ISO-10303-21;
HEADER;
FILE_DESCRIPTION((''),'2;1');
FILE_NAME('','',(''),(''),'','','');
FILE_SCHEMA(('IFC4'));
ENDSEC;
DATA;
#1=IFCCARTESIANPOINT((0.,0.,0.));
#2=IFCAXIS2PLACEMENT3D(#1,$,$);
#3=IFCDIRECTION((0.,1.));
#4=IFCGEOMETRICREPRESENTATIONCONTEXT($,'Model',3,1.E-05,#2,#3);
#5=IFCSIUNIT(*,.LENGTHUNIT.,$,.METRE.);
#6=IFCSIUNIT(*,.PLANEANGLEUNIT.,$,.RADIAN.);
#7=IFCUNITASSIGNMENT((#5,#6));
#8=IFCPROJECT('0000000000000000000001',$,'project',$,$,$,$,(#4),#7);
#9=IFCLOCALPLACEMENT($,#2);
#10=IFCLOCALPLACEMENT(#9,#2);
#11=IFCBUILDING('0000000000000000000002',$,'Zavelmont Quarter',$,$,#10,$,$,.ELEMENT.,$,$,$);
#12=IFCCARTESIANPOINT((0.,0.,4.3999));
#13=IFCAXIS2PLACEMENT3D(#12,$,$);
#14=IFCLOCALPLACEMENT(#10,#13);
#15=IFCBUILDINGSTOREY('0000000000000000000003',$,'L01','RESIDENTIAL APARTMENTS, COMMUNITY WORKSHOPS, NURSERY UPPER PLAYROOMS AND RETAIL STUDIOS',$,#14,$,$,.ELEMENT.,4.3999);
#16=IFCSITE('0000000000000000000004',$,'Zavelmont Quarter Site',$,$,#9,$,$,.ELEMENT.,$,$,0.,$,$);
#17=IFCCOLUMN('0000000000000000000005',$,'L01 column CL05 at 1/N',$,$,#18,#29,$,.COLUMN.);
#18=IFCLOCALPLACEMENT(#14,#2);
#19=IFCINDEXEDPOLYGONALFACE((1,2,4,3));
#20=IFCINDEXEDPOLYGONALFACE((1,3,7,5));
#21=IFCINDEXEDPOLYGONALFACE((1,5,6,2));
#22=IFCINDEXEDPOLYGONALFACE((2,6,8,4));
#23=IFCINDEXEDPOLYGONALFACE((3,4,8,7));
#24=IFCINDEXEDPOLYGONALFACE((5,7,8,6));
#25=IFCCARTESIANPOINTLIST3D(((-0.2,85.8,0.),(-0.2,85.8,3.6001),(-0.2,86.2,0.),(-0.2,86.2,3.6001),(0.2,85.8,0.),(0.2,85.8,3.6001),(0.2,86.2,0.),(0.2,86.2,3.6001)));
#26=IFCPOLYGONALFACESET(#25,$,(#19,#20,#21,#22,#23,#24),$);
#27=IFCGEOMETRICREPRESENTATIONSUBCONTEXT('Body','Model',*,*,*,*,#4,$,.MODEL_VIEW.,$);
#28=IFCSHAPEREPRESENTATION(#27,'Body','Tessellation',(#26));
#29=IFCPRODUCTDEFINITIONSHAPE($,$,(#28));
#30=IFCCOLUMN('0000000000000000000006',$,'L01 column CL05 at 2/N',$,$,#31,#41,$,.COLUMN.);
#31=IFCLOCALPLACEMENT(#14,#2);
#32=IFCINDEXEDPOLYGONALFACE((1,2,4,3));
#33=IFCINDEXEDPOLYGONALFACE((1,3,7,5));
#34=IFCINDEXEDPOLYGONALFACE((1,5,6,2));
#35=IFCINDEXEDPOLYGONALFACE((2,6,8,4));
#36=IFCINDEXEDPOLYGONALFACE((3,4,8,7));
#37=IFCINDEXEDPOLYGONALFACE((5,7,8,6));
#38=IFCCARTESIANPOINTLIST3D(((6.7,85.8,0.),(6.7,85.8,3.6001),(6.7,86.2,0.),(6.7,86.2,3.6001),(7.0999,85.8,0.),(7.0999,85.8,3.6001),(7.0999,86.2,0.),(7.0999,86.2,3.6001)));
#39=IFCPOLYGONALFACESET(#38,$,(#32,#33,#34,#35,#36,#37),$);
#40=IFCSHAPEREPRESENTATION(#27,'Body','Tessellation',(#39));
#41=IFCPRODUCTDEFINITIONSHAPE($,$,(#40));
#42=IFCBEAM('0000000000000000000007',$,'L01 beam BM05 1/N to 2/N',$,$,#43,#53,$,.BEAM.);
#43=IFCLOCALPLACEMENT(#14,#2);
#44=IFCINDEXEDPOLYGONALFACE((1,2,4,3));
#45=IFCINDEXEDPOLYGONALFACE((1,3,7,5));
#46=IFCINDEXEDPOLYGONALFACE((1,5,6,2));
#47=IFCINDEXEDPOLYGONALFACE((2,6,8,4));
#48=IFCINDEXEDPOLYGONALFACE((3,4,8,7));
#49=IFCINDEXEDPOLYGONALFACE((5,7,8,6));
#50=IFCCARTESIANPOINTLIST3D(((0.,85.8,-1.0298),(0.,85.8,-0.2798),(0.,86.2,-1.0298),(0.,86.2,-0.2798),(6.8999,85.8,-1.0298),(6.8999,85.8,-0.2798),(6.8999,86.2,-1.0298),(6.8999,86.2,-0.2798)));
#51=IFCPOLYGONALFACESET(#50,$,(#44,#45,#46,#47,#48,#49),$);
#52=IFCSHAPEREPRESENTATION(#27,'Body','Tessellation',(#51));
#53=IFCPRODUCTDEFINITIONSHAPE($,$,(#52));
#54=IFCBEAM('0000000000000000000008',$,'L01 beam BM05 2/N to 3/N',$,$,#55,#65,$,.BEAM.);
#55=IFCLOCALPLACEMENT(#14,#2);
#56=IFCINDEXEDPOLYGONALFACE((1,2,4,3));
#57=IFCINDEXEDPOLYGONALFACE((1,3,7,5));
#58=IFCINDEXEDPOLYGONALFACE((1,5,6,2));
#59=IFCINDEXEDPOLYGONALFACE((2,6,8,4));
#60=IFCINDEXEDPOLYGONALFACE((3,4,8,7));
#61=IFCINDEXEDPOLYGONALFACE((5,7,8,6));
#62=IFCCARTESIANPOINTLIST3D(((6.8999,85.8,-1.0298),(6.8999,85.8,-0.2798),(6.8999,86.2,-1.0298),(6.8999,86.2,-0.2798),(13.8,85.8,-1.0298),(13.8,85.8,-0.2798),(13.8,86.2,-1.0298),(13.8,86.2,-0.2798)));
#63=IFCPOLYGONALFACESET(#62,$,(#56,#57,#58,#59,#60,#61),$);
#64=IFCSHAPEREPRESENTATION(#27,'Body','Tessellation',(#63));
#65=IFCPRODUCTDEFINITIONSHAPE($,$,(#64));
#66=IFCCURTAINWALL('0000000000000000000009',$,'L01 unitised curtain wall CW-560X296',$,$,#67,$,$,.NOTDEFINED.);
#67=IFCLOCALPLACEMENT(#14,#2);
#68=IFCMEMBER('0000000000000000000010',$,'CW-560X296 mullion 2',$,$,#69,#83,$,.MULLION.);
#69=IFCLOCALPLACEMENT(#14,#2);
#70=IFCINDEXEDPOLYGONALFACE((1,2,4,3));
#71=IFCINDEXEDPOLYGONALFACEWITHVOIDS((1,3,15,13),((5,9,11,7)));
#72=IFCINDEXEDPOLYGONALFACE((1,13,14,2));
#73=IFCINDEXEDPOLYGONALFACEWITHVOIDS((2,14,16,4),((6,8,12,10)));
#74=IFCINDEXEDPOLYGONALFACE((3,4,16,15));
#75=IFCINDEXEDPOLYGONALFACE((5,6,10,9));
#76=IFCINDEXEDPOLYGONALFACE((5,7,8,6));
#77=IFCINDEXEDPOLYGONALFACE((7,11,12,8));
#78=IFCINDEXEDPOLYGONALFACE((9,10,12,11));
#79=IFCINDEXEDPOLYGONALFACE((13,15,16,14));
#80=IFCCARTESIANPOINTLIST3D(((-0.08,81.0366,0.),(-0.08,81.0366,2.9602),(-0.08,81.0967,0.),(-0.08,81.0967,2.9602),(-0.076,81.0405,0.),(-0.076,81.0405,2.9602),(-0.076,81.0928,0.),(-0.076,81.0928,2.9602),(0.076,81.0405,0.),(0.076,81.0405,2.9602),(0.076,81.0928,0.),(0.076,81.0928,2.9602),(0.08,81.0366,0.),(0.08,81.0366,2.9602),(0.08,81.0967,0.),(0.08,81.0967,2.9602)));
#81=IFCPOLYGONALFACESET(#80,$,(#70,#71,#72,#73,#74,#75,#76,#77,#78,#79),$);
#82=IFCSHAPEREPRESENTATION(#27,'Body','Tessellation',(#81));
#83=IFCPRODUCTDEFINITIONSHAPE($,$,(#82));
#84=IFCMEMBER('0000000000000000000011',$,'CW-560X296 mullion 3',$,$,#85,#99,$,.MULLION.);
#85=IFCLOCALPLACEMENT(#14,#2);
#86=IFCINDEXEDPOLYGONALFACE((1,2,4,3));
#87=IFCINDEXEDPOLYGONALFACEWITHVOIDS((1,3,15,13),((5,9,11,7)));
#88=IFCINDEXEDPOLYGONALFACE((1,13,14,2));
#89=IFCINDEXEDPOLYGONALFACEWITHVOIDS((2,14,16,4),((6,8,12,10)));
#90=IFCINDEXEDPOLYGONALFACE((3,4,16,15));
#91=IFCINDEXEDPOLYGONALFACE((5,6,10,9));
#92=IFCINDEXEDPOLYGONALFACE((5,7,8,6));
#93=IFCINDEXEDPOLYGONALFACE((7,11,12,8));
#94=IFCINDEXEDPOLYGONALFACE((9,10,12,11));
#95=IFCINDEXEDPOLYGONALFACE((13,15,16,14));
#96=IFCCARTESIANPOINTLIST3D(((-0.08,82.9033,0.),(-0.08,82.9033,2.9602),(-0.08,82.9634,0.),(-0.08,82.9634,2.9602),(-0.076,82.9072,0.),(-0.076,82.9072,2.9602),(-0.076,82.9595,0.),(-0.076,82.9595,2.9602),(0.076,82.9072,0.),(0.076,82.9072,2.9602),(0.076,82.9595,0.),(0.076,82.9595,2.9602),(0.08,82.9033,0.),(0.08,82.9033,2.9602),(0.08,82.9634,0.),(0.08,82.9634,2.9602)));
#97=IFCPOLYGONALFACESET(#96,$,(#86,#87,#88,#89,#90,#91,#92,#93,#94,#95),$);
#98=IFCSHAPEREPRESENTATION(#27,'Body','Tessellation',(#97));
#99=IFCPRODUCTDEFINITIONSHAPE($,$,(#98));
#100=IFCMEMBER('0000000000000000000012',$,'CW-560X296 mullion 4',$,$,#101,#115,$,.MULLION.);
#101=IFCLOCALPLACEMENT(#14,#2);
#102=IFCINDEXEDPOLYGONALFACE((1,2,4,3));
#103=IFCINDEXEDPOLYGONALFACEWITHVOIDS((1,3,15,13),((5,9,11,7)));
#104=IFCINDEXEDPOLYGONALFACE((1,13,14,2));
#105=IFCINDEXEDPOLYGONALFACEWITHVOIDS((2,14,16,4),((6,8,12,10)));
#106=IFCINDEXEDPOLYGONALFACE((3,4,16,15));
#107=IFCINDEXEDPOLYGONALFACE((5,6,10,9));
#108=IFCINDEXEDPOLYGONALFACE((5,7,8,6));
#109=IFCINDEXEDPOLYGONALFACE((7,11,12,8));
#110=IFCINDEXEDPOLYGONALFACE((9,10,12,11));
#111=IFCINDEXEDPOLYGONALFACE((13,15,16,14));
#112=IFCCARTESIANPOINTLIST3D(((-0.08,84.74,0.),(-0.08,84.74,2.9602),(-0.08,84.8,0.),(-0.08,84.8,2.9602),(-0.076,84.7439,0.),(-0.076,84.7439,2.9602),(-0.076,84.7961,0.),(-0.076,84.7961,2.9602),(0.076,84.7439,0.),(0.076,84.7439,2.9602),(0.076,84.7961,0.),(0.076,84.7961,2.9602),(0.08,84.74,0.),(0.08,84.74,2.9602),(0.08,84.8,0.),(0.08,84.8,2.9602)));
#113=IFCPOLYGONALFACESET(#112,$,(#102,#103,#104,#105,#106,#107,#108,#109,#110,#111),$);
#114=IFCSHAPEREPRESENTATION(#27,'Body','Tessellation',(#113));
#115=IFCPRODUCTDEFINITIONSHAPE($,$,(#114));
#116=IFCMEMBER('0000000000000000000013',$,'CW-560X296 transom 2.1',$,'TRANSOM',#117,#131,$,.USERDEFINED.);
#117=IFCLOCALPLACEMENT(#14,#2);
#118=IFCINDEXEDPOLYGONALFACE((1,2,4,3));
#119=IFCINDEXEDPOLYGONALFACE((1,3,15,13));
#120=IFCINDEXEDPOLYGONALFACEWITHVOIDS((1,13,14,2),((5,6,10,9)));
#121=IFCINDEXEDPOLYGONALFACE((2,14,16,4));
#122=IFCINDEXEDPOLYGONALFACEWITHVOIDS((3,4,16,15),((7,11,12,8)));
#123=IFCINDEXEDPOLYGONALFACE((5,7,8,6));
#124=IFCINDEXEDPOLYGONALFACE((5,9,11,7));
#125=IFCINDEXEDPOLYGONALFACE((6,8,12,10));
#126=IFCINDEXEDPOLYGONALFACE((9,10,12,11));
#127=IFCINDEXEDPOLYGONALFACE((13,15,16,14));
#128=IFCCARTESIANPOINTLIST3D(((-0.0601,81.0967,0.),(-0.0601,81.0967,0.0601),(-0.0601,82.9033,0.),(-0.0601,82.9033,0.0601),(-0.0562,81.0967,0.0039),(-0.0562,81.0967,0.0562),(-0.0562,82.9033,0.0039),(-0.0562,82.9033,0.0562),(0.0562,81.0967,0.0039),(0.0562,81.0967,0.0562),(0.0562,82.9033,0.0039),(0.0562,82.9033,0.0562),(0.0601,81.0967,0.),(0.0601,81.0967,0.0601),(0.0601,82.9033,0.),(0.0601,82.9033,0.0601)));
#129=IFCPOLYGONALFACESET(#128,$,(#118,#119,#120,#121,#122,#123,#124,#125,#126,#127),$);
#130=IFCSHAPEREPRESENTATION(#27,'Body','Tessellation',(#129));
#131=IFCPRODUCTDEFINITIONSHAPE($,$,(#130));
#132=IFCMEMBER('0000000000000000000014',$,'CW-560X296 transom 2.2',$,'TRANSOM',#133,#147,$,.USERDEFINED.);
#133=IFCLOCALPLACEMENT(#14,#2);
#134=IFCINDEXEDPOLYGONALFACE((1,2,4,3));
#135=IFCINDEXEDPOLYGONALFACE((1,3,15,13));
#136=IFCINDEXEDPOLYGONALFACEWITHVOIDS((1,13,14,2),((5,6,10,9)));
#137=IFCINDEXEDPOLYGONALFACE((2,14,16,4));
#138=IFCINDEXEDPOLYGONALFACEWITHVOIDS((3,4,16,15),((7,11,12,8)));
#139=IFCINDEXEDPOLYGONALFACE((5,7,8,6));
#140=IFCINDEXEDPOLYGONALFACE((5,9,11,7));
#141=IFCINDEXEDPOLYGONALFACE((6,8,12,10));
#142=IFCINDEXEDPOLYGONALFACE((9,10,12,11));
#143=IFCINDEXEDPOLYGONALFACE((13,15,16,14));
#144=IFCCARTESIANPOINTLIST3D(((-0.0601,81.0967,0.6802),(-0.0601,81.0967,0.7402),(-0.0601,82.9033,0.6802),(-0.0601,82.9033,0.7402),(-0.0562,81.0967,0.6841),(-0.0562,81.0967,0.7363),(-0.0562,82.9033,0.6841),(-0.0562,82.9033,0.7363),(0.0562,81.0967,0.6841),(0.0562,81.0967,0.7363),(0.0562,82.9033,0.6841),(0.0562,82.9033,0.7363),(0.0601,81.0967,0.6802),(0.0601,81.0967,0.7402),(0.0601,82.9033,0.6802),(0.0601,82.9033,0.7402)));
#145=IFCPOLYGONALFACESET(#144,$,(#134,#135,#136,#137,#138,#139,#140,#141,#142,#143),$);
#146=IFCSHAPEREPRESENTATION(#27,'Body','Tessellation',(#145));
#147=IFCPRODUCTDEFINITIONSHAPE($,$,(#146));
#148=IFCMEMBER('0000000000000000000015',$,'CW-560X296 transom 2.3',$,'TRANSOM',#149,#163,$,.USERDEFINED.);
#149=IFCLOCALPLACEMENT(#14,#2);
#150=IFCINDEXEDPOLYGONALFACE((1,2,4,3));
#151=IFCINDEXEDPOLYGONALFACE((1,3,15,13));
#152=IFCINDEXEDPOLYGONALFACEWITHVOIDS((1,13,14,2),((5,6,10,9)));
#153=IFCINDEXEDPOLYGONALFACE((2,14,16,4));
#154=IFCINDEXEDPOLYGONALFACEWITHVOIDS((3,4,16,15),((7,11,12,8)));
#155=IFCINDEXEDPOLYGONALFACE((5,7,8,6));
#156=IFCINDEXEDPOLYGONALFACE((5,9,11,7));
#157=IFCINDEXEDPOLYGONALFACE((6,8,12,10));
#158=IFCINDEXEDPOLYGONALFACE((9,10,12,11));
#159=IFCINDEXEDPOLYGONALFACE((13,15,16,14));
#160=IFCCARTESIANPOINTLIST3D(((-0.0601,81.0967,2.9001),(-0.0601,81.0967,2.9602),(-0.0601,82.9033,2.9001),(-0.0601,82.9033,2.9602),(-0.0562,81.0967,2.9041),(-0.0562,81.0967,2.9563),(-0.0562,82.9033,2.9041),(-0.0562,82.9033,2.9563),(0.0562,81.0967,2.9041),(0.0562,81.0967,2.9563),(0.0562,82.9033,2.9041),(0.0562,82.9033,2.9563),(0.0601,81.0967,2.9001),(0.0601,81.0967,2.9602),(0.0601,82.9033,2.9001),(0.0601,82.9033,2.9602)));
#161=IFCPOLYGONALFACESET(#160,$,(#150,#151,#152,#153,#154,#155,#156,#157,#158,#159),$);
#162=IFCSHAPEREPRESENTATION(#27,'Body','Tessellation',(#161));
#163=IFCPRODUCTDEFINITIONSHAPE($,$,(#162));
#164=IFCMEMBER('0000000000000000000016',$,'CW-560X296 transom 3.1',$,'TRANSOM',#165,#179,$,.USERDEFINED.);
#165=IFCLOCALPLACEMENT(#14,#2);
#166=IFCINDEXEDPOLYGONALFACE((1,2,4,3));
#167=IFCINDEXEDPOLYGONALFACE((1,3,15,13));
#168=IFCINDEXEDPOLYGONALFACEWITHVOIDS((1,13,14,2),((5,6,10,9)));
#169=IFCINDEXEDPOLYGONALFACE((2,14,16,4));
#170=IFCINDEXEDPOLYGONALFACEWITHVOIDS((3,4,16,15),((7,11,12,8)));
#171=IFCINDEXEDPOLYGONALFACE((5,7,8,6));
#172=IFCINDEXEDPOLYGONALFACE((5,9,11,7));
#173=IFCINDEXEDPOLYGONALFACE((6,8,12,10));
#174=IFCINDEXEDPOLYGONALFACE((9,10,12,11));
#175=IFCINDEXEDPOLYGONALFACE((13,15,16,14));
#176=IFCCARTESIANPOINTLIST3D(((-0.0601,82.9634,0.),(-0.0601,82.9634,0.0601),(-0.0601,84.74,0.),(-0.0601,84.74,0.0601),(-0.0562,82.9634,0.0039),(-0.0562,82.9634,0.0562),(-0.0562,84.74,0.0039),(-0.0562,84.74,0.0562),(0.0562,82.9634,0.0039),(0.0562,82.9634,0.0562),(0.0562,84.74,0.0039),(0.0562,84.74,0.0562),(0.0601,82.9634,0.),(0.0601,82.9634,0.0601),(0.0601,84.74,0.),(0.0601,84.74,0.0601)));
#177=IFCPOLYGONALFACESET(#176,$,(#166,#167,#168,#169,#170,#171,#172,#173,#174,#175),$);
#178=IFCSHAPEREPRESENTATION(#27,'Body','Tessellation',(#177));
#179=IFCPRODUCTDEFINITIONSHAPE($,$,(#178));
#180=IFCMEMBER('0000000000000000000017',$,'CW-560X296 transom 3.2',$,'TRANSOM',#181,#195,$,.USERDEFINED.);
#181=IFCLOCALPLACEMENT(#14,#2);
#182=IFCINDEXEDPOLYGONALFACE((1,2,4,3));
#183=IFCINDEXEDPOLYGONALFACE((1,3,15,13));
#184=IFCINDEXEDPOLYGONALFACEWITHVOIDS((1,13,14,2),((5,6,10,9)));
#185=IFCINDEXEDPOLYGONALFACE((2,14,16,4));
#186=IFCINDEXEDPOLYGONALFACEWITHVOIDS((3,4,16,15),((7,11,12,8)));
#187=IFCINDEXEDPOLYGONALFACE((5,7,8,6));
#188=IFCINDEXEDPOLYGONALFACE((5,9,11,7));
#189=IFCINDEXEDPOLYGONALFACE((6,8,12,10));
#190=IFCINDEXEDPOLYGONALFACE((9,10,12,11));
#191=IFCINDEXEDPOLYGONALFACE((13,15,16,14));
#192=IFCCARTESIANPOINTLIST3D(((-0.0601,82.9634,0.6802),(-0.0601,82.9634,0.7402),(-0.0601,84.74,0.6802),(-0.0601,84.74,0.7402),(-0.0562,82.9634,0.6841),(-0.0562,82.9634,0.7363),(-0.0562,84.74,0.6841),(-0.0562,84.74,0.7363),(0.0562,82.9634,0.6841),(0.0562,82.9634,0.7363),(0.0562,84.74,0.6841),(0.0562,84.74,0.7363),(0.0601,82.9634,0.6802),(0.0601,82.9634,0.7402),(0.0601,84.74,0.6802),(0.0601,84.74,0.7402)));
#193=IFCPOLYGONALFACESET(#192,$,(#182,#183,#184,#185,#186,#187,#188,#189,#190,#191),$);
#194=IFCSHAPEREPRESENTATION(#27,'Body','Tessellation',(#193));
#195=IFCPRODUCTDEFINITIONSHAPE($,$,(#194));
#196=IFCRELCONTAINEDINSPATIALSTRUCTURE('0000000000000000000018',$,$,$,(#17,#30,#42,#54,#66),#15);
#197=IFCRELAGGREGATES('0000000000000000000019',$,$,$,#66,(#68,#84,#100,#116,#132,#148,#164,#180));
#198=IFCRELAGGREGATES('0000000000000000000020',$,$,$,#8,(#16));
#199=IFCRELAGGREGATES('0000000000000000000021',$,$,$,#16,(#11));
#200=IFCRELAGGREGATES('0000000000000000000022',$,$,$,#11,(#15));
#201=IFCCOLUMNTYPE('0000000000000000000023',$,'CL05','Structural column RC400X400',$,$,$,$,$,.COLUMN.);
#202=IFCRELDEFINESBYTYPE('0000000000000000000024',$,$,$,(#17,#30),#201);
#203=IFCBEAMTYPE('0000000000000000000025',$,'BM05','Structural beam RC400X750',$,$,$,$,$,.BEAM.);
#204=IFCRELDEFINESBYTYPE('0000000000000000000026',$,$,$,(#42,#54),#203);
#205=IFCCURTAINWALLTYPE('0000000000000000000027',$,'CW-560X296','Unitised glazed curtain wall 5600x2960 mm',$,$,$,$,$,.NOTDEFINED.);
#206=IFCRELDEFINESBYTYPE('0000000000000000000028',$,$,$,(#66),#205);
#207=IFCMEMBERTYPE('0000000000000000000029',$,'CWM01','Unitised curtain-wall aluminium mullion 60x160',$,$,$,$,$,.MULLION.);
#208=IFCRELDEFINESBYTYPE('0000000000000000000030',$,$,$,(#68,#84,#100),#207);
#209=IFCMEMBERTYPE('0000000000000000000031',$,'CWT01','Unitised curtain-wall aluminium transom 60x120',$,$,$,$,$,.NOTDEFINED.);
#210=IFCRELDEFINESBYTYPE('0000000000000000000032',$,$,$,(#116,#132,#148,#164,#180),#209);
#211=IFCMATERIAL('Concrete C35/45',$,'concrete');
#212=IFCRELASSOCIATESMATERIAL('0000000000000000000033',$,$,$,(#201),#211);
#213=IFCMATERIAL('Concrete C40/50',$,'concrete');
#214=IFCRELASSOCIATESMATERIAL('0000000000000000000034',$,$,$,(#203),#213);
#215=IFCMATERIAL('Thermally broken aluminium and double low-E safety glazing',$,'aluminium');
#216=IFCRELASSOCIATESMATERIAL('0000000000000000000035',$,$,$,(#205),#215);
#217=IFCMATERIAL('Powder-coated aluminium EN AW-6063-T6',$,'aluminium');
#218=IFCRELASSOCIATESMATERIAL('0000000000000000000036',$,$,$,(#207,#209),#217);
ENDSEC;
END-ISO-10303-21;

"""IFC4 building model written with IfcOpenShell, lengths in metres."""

from ifc_helpers import new_model, si_unit, direction, frame, origin, origin_2d, place, context, subcontext, project, spatial, rectangle, hollow_rectangle, extrude, material, material_profile, profile_set, type_object, element, aggregate, save


model = new_model("IFC4")

# Units and contexts
model_context = context("Model", 3, precision=1e-05, world=origin(), true_north=direction((0.0, 1.0)))
body_context = subcontext(model_context, "Body", "Model", "MODEL_VIEW")
ifc_project = project(units=[si_unit("LENGTHUNIT", "METRE"), si_unit("PLANEANGLEUNIT", "RADIAN")], contexts=[model_context])

# Site, building, storey
site_placement = place(None, origin())
site = spatial("IfcSite", under=ifc_project, at=site_placement, Name="Zavelmont Quarter Site", CompositionType="ELEMENT", RefElevation=0.0)
building_placement = place(site_placement, origin())
building = spatial("IfcBuilding", under=site, at=building_placement, Name="Zavelmont Quarter", CompositionType="ELEMENT")
storey_placement = place(building_placement, frame((0.0, 0.0, 4.3999)))
storey = spatial("IfcBuildingStorey", under=building, at=storey_placement, Name="L01", Description="RESIDENTIAL APARTMENTS, COMMUNITY WORKSHOPS, NURSERY UPPER PLAYROOMS AND RETAIL STUDIOS", CompositionType="ELEMENT", Elevation=4.3999)

# Columns
ifc_material_1 = material(Name="Concrete C35/45", Category="concrete")
ifc_material_profile_1 = material_profile(ifc_material_1, rectangle(XDim=0.3999, YDim=0.3999, at=origin_2d()), Name="RC400X400")
ifc_profile_set_1 = profile_set([ifc_material_profile_1], Name="Concrete C35/45")
column_type = type_object("IfcColumnType", Name="CL05", Description="Structural column RC400X400", PredefinedType="COLUMN", material=ifc_profile_set_1)
for number, where, z_axis, x_axis, name in (
    (1, (0.0, 86.0, 0.0), (0.0, 0.0, 1.0), (1.0, 0.0, 0.0), "L01 column CL05 at 1/N"),
    (2, (6.8999, 86.0, 0.0), (0.0, 0.0, 1.0), (1.0, 0.0, 0.0), "L01 column CL05 at 2/N"),
):
    element("IfcColumn", number, at=place(storey_placement, frame(where, z_axis=z_axis, x_axis=x_axis)), inside=storey, type_object=column_type, Name=name, PredefinedType="COLUMN", context=body_context, shape_type="SweptSolid", body=[
        extrude(rectangle(XDim=0.3999, YDim=0.3999, at=origin_2d()), origin(), (0.0, 0.0, 1.0), 3.6001),
    ])

# Beams
ifc_material_2 = material(Name="Concrete C40/50", Category="concrete")
ifc_material_profile_2 = material_profile(ifc_material_2, rectangle(XDim=0.3999, YDim=0.75, at=origin_2d()), Name="RC400X750")
ifc_profile_set_2 = profile_set([ifc_material_profile_2], Name="Concrete C40/50")
beam_type = type_object("IfcBeamType", Name="BM05", Description="Structural beam RC400X750", PredefinedType="BEAM", material=ifc_profile_set_2)
beam_1_placement = place(storey_placement, frame((0.0, 86.0, -0.6548), z_axis=(1.0, 0.0, 0.0), x_axis=(0.0, 1.0, 0.0)))
element("IfcBeam", 3, at=beam_1_placement, inside=storey, type_object=beam_type, Name="L01 beam BM05 1/N to 2/N", PredefinedType="BEAM", context=body_context, shape_type="SweptSolid", body=[
    extrude(rectangle(XDim=0.3999, YDim=0.75, at=origin_2d()), origin(), (0.0, 0.0, 1.0), 6.8999),
])
beam_2_placement = place(storey_placement, frame((6.8999, 86.0, -0.6548), z_axis=(1.0, 0.0, 0.0), x_axis=(0.0, 1.0, 0.0)))
element("IfcBeam", 4, at=beam_2_placement, inside=storey, type_object=beam_type, Name="L01 beam BM05 2/N to 3/N", PredefinedType="BEAM", context=body_context, shape_type="SweptSolid", body=[
    extrude(rectangle(XDim=0.3999, YDim=0.75, at=origin_2d()), origin(), (0.0, 0.0, 1.0), 6.9001),
])

# Curtain wall, members
ifc_material_3 = material(Name="Thermally broken aluminium and double low-E safety glazing", Category="aluminium")
curtain_wall_type = type_object("IfcCurtainWallType", Name="CW-560X296", Description="Unitised glazed curtain wall 5600x2960 mm", PredefinedType="NOTDEFINED", material=ifc_material_3)
curtain_wall_placement = place(storey_placement, origin())
curtain_wall = element("IfcCurtainWall", 5, at=curtain_wall_placement, inside=storey, type_object=curtain_wall_type, Name="L01 unitised curtain wall CW-560X296", PredefinedType="NOTDEFINED")
ifc_material_4 = material(Name="Powder-coated aluminium EN AW-6063-T6", Category="aluminium")
ifc_material_profile_3 = material_profile(ifc_material_4, hollow_rectangle(XDim=0.0601, YDim=0.1599, WallThickness=0.0039, at=origin_2d()), Name="CWM60X160")
ifc_profile_set_3 = profile_set([ifc_material_profile_3], Name="Powder-coated aluminium EN AW-6063-T6")
member_type_1 = type_object("IfcMemberType", Name="CWM01", Description="Unitised curtain-wall aluminium mullion 60x160", PredefinedType="MULLION", material=ifc_profile_set_3)
member_1_placement = place(storey_placement, frame((0.0, 81.0667, 0.0), z_axis=(0.0, 0.0, 1.0), x_axis=(0.0, 1.0, 0.0)))
member_1 = element("IfcMember", 6, at=member_1_placement, type_object=member_type_1, Name="CW-560X296 mullion 2", PredefinedType="MULLION", context=body_context, shape_type="SweptSolid", body=[
    extrude(hollow_rectangle(XDim=0.0601, YDim=0.1599, WallThickness=0.0039, at=origin_2d()), origin(), (0.0, 0.0, 1.0), 2.9602),
])
member_2_placement = place(storey_placement, frame((0.0, 82.9333, 0.0), z_axis=(0.0, 0.0, 1.0), x_axis=(0.0, 1.0, 0.0)))
member_2 = element("IfcMember", 7, at=member_2_placement, type_object=member_type_1, Name="CW-560X296 mullion 3", PredefinedType="MULLION", context=body_context, shape_type="SweptSolid", body=[
    extrude(hollow_rectangle(XDim=0.0601, YDim=0.1599, WallThickness=0.0039, at=origin_2d()), origin(), (0.0, 0.0, 1.0), 2.9602),
])
member_3_placement = place(storey_placement, frame((0.0, 84.77, 0.0), z_axis=(0.0, 0.0, 1.0), x_axis=(0.0, 1.0, 0.0)))
member_3 = element("IfcMember", 8, at=member_3_placement, type_object=member_type_1, Name="CW-560X296 mullion 4", PredefinedType="MULLION", context=body_context, shape_type="SweptSolid", body=[
    extrude(hollow_rectangle(XDim=0.0601, YDim=0.1599, WallThickness=0.0039, at=origin_2d()), origin(), (0.0, 0.0, 1.0), 2.9602),
])
ifc_material_profile_4 = material_profile(ifc_material_4, hollow_rectangle(XDim=0.1201, YDim=0.0601, WallThickness=0.0039, at=origin_2d()), Name="CWT60X120")
ifc_profile_set_4 = profile_set([ifc_material_profile_4], Name="Powder-coated aluminium EN AW-6063-T6")
member_type_2 = type_object("IfcMemberType", Name="CWT01", Description="Unitised curtain-wall aluminium transom 60x120", PredefinedType="NOTDEFINED", material=ifc_profile_set_4)
member_4_placement = place(storey_placement, frame((0.0, 81.0967, 0.03), z_axis=(0.0, 1.0, 0.0), x_axis=(-1.0, 0.0, 0.0)))
member_4 = element("IfcMember", 9, at=member_4_placement, type_object=member_type_2, Name="CW-560X296 transom 2.1", ObjectType="TRANSOM", PredefinedType="USERDEFINED", context=body_context, shape_type="SweptSolid", body=[
    extrude(hollow_rectangle(XDim=0.1201, YDim=0.0601, WallThickness=0.0039, at=origin_2d()), origin(), (0.0, 0.0, 1.0), 1.8066),
])
member_5_placement = place(storey_placement, frame((0.0, 81.0967, 0.7102), z_axis=(0.0, 1.0, 0.0), x_axis=(-1.0, 0.0, 0.0)))
member_5 = element("IfcMember", 10, at=member_5_placement, type_object=member_type_2, Name="CW-560X296 transom 2.2", ObjectType="TRANSOM", PredefinedType="USERDEFINED", context=body_context, shape_type="SweptSolid", body=[
    extrude(hollow_rectangle(XDim=0.1201, YDim=0.0601, WallThickness=0.0039, at=origin_2d()), origin(), (0.0, 0.0, 1.0), 1.8066),
])
member_6_placement = place(storey_placement, frame((0.0, 81.0967, 2.9302), z_axis=(0.0, 1.0, 0.0), x_axis=(-1.0, 0.0, 0.0)))
member_6 = element("IfcMember", 11, at=member_6_placement, type_object=member_type_2, Name="CW-560X296 transom 2.3", ObjectType="TRANSOM", PredefinedType="USERDEFINED", context=body_context, shape_type="SweptSolid", body=[
    extrude(hollow_rectangle(XDim=0.1201, YDim=0.0601, WallThickness=0.0039, at=origin_2d()), origin(), (0.0, 0.0, 1.0), 1.8066),
])
member_7_placement = place(storey_placement, frame((0.0, 82.9634, 0.03), z_axis=(0.0, 1.0, 0.0), x_axis=(-1.0, 0.0, 0.0)))
member_7 = element("IfcMember", 12, at=member_7_placement, type_object=member_type_2, Name="CW-560X296 transom 3.1", ObjectType="TRANSOM", PredefinedType="USERDEFINED", context=body_context, shape_type="SweptSolid", body=[
    extrude(hollow_rectangle(XDim=0.1201, YDim=0.0601, WallThickness=0.0039, at=origin_2d()), origin(), (0.0, 0.0, 1.0), 1.7766),
])
member_8_placement = place(storey_placement, frame((0.0, 82.9634, 0.7102), z_axis=(0.0, 1.0, 0.0), x_axis=(-1.0, 0.0, 0.0)))
member_8 = element("IfcMember", 13, at=member_8_placement, type_object=member_type_2, Name="CW-560X296 transom 3.2", ObjectType="TRANSOM", PredefinedType="USERDEFINED", context=body_context, shape_type="SweptSolid", body=[
    extrude(hollow_rectangle(XDim=0.1201, YDim=0.0601, WallThickness=0.0039, at=origin_2d()), origin(), (0.0, 0.0, 1.0), 1.7766),
])
aggregate(curtain_wall, [member_1, member_2, member_3, member_4, member_5, member_6, member_7, member_8])

save(model, "model.ifc")
